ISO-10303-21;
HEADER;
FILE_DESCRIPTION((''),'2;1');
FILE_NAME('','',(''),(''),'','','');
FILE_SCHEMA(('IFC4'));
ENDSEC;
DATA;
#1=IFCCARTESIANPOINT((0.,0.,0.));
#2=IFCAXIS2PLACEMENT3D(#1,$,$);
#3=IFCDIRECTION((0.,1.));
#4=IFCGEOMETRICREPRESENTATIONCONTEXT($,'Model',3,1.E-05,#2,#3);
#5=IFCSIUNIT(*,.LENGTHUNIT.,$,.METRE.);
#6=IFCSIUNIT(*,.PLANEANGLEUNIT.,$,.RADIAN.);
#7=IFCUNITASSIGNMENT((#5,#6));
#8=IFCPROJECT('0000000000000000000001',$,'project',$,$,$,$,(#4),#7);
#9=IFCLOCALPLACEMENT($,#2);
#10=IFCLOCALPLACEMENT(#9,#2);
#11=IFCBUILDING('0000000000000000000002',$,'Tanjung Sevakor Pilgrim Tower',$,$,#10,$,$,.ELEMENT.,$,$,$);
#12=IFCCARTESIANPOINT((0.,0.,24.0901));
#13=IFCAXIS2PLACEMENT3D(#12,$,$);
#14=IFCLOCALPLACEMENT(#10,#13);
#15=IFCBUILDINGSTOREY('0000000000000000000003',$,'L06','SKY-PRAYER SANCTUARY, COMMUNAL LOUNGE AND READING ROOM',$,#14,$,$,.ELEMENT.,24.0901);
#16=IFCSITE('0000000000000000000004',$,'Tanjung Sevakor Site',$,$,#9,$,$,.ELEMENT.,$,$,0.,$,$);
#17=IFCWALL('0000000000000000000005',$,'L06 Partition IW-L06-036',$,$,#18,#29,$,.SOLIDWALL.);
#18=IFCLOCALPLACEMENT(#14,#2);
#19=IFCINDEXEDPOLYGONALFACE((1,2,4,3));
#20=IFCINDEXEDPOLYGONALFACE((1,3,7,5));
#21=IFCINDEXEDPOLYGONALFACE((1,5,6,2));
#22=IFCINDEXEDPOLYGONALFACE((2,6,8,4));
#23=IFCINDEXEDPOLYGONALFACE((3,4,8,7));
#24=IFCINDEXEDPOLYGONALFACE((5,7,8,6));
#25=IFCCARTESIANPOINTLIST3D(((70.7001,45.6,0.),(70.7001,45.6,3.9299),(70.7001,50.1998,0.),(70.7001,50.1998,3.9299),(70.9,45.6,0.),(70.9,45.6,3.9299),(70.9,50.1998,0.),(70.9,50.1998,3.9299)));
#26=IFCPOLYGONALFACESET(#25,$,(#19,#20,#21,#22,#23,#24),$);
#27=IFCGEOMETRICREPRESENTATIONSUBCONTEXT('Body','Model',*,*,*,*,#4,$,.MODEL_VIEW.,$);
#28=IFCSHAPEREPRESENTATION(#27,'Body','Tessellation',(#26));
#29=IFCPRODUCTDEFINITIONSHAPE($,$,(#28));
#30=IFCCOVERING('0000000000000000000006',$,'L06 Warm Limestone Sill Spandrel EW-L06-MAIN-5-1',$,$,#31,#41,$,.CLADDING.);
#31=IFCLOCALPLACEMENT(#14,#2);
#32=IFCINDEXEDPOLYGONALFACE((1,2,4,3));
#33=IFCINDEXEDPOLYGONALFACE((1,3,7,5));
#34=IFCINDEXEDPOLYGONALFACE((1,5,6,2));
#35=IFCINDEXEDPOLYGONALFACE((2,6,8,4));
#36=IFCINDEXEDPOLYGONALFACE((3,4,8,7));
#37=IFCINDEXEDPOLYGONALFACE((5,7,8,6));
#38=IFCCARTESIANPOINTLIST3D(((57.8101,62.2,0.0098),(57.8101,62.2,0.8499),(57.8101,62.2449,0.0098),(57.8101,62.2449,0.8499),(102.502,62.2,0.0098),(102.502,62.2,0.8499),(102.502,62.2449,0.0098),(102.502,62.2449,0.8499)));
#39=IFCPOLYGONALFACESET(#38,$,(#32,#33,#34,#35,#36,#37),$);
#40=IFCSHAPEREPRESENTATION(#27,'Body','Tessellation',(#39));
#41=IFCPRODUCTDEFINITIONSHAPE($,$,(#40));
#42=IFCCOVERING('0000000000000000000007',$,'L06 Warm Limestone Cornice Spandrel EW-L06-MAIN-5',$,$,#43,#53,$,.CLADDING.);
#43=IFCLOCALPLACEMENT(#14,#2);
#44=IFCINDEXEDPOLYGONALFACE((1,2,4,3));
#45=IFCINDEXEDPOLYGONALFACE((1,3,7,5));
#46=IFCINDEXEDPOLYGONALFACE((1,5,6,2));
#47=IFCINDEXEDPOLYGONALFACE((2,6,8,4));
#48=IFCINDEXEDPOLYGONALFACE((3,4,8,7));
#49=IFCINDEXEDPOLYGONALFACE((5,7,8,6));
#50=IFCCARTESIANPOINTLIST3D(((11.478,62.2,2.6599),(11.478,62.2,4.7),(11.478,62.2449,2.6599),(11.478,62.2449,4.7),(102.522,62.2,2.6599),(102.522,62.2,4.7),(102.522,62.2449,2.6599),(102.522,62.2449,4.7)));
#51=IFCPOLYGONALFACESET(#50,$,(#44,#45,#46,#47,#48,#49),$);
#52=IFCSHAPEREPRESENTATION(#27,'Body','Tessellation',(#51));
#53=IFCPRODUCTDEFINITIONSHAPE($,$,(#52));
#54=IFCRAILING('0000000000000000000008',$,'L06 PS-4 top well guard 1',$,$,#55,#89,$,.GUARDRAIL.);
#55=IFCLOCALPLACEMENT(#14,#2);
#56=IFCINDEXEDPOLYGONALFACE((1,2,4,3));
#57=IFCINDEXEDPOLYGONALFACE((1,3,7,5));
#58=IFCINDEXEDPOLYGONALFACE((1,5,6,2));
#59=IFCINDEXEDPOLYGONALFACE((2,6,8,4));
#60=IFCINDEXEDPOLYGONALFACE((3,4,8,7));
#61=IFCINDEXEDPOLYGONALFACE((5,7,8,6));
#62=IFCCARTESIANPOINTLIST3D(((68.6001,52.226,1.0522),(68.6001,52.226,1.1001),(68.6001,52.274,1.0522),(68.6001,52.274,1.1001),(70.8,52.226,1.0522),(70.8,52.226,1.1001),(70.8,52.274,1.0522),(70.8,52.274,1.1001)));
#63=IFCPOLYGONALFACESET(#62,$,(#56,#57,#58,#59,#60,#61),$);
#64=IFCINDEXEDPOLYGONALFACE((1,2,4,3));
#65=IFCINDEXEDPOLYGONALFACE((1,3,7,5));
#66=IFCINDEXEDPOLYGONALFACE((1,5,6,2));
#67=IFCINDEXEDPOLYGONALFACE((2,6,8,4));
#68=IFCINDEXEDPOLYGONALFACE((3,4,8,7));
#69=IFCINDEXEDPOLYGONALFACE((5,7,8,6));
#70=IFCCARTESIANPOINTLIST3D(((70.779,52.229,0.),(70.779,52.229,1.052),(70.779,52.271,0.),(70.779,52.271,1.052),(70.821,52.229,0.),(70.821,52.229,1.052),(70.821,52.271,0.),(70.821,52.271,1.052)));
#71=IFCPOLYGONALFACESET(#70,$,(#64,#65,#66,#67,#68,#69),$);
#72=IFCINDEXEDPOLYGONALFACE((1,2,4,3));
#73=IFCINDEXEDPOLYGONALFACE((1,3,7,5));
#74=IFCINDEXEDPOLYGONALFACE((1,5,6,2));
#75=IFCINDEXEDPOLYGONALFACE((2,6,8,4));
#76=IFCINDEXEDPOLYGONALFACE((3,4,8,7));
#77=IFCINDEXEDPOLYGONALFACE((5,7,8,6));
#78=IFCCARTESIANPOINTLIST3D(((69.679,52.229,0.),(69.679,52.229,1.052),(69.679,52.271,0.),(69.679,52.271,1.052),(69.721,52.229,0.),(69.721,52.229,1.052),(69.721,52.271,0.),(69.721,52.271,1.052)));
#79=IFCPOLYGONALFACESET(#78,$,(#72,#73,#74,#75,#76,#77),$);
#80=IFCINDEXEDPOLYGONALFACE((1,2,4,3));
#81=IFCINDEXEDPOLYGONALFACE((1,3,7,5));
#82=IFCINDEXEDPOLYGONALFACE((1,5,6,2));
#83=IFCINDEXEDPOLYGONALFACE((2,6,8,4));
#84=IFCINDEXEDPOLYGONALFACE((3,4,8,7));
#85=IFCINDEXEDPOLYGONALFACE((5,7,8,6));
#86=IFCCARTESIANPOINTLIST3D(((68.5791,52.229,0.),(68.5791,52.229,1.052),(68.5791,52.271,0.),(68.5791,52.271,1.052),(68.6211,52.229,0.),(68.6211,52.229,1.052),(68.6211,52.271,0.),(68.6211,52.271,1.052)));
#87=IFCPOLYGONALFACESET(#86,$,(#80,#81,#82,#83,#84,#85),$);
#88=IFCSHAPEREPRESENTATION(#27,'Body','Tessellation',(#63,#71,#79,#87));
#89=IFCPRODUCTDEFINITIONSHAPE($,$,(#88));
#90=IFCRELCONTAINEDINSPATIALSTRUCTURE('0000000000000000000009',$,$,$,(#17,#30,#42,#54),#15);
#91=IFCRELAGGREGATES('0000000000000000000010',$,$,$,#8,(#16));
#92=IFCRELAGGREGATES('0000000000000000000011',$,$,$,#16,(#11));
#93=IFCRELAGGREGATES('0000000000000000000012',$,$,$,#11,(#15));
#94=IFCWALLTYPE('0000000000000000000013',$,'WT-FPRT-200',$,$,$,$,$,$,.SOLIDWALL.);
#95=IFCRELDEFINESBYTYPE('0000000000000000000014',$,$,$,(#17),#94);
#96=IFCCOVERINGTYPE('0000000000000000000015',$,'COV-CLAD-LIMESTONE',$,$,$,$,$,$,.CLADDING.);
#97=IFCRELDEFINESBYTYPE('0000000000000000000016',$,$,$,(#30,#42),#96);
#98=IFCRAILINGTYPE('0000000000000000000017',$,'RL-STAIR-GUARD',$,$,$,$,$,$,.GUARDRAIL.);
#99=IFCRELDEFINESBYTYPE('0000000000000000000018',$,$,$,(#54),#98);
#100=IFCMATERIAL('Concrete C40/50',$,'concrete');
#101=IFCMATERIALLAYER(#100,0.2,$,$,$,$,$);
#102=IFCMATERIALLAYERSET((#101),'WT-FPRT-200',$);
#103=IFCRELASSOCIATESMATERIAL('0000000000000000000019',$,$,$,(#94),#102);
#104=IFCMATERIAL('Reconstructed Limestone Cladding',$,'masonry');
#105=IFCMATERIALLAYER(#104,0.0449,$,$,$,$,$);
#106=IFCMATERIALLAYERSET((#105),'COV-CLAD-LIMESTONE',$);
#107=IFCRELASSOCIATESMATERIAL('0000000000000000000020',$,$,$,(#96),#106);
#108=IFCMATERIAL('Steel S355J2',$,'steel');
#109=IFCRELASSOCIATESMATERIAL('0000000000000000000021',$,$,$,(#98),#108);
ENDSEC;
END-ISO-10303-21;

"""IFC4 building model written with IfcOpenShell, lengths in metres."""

from ifc_helpers import new_model, si_unit, direction, frame, frame_2d, origin, origin_2d, place, context, subcontext, project, spatial, rectangle, extrude, material, layer, layer_set, type_object, element, save


model = new_model("IFC4")

# Units and contexts
model_context = context("Model", 3, precision=1e-05, world=origin(), true_north=direction((0.0, 1.0)))
body_context = subcontext(model_context, "Body", "Model", "MODEL_VIEW")
ifc_project = project(units=[si_unit("LENGTHUNIT", "METRE"), si_unit("PLANEANGLEUNIT", "RADIAN")], contexts=[model_context])

# Site, building, storey
site_placement = place(None, origin())
site = spatial("IfcSite", under=ifc_project, at=site_placement, Name="Tanjung Sevakor Site", CompositionType="ELEMENT", RefElevation=0.0)
building_placement = place(site_placement, origin())
building = spatial("IfcBuilding", under=site, at=building_placement, Name="Tanjung Sevakor Pilgrim Tower", CompositionType="ELEMENT")
storey_placement = place(building_placement, frame((0.0, 0.0, 24.0901)))
storey = spatial("IfcBuildingStorey", under=building, at=storey_placement, Name="L06", Description="SKY-PRAYER SANCTUARY, COMMUNAL LOUNGE AND READING ROOM", CompositionType="ELEMENT", Elevation=24.0901)

# Wall
ifc_material_1 = material(Name="Concrete C40/50", Category="concrete")
ifc_layer_1 = layer(ifc_material_1, 0.2)
ifc_layer_set_1 = layer_set([ifc_layer_1], Name="WT-FPRT-200")
wall_type_1 = type_object("IfcWallType", Name="WT-FPRT-200", PredefinedType="SOLIDWALL", material=ifc_layer_set_1)
for number, where, z_axis, x_axis, name in (
    (1, (70.8, 45.6001, 0.0), (0.0, 0.0, 1.0), (0.0, 1.0, 0.0), "L06 Partition IW-L06-036"),
):
    element("IfcWall", number, at=place(storey_placement, frame(where, z_axis=z_axis, x_axis=x_axis)), inside=storey, type_object=wall_type_1, Name=name, PredefinedType="SOLIDWALL", context=body_context, shape_type="SweptSolid", body=[
        extrude(rectangle(XDim=4.5999, YDim=0.2, at=frame_2d((2.2998, 0.0))), origin(), (0.0, 0.0, 1.0), 3.9299),
    ])

# Coverings
ifc_material_2 = material(Name="Reconstructed Limestone Cladding", Category="masonry")
ifc_layer_2 = layer(ifc_material_2, 0.0449)
ifc_layer_set_2 = layer_set([ifc_layer_2], Name="COV-CLAD-LIMESTONE")
covering_type = type_object("IfcCoveringType", Name="COV-CLAD-LIMESTONE", PredefinedType="CLADDING", material=ifc_layer_set_2)
covering_1_placement = place(storey_placement, frame((80.156, 62.2224, 0.0098), z_axis=(0.0, 0.0, 1.0), x_axis=(-1.0, 0.0, 0.0)))
element("IfcCovering", 2, at=covering_1_placement, inside=storey, type_object=covering_type, Name="L06 Warm Limestone Sill Spandrel EW-L06-MAIN-5-1", PredefinedType="CLADDING", context=body_context, shape_type="SweptSolid", body=[
    extrude(rectangle(XDim=44.6919, YDim=0.0449, at=origin_2d()), origin(), (0.0, 0.0, 1.0), 0.8401),
])
covering_2_placement = place(storey_placement, frame((57.0, 62.2224, 2.6599), z_axis=(0.0, 0.0, 1.0), x_axis=(-1.0, 0.0, 0.0)))
element("IfcCovering", 3, at=covering_2_placement, inside=storey, type_object=covering_type, Name="L06 Warm Limestone Cornice Spandrel EW-L06-MAIN-5", PredefinedType="CLADDING", context=body_context, shape_type="SweptSolid", body=[
    extrude(rectangle(XDim=91.0439, YDim=0.0449, at=origin_2d()), origin(), (0.0, 0.0, 1.0), 2.04),
])

# Railing
ifc_material_3 = material(Name="Steel S355J2", Category="steel")
railing_type = type_object("IfcRailingType", Name="RL-STAIR-GUARD", PredefinedType="GUARDRAIL", material=ifc_material_3)
railing_placement = place(storey_placement, frame((70.8, 52.25, 0.0)))
element("IfcRailing", 4, at=railing_placement, inside=storey, type_object=railing_type, Name="L06 PS-4 top well guard 1", PredefinedType="GUARDRAIL", context=body_context, shape_type="SweptSolid", body=[
    extrude(rectangle(XDim=0.0479, YDim=0.0479), frame((0.0, 0.0, 1.0762), z_axis=(-1.0, 0.0, 0.0), x_axis=(0.0, -1.0, 0.0)), (0.0, 0.0, 1.0), 2.2),
    extrude(rectangle(XDim=0.042, YDim=0.042), origin(), (0.0, 0.0, 1.0), 1.052),
    extrude(rectangle(XDim=0.042, YDim=0.042), frame((-1.1001, 0.0, 0.0)), (0.0, 0.0, 1.0), 1.052),
    extrude(rectangle(XDim=0.042, YDim=0.042), frame((-2.2, 0.0, 0.0)), (0.0, 0.0, 1.0), 1.052),
])

save(model, "model.ifc")
